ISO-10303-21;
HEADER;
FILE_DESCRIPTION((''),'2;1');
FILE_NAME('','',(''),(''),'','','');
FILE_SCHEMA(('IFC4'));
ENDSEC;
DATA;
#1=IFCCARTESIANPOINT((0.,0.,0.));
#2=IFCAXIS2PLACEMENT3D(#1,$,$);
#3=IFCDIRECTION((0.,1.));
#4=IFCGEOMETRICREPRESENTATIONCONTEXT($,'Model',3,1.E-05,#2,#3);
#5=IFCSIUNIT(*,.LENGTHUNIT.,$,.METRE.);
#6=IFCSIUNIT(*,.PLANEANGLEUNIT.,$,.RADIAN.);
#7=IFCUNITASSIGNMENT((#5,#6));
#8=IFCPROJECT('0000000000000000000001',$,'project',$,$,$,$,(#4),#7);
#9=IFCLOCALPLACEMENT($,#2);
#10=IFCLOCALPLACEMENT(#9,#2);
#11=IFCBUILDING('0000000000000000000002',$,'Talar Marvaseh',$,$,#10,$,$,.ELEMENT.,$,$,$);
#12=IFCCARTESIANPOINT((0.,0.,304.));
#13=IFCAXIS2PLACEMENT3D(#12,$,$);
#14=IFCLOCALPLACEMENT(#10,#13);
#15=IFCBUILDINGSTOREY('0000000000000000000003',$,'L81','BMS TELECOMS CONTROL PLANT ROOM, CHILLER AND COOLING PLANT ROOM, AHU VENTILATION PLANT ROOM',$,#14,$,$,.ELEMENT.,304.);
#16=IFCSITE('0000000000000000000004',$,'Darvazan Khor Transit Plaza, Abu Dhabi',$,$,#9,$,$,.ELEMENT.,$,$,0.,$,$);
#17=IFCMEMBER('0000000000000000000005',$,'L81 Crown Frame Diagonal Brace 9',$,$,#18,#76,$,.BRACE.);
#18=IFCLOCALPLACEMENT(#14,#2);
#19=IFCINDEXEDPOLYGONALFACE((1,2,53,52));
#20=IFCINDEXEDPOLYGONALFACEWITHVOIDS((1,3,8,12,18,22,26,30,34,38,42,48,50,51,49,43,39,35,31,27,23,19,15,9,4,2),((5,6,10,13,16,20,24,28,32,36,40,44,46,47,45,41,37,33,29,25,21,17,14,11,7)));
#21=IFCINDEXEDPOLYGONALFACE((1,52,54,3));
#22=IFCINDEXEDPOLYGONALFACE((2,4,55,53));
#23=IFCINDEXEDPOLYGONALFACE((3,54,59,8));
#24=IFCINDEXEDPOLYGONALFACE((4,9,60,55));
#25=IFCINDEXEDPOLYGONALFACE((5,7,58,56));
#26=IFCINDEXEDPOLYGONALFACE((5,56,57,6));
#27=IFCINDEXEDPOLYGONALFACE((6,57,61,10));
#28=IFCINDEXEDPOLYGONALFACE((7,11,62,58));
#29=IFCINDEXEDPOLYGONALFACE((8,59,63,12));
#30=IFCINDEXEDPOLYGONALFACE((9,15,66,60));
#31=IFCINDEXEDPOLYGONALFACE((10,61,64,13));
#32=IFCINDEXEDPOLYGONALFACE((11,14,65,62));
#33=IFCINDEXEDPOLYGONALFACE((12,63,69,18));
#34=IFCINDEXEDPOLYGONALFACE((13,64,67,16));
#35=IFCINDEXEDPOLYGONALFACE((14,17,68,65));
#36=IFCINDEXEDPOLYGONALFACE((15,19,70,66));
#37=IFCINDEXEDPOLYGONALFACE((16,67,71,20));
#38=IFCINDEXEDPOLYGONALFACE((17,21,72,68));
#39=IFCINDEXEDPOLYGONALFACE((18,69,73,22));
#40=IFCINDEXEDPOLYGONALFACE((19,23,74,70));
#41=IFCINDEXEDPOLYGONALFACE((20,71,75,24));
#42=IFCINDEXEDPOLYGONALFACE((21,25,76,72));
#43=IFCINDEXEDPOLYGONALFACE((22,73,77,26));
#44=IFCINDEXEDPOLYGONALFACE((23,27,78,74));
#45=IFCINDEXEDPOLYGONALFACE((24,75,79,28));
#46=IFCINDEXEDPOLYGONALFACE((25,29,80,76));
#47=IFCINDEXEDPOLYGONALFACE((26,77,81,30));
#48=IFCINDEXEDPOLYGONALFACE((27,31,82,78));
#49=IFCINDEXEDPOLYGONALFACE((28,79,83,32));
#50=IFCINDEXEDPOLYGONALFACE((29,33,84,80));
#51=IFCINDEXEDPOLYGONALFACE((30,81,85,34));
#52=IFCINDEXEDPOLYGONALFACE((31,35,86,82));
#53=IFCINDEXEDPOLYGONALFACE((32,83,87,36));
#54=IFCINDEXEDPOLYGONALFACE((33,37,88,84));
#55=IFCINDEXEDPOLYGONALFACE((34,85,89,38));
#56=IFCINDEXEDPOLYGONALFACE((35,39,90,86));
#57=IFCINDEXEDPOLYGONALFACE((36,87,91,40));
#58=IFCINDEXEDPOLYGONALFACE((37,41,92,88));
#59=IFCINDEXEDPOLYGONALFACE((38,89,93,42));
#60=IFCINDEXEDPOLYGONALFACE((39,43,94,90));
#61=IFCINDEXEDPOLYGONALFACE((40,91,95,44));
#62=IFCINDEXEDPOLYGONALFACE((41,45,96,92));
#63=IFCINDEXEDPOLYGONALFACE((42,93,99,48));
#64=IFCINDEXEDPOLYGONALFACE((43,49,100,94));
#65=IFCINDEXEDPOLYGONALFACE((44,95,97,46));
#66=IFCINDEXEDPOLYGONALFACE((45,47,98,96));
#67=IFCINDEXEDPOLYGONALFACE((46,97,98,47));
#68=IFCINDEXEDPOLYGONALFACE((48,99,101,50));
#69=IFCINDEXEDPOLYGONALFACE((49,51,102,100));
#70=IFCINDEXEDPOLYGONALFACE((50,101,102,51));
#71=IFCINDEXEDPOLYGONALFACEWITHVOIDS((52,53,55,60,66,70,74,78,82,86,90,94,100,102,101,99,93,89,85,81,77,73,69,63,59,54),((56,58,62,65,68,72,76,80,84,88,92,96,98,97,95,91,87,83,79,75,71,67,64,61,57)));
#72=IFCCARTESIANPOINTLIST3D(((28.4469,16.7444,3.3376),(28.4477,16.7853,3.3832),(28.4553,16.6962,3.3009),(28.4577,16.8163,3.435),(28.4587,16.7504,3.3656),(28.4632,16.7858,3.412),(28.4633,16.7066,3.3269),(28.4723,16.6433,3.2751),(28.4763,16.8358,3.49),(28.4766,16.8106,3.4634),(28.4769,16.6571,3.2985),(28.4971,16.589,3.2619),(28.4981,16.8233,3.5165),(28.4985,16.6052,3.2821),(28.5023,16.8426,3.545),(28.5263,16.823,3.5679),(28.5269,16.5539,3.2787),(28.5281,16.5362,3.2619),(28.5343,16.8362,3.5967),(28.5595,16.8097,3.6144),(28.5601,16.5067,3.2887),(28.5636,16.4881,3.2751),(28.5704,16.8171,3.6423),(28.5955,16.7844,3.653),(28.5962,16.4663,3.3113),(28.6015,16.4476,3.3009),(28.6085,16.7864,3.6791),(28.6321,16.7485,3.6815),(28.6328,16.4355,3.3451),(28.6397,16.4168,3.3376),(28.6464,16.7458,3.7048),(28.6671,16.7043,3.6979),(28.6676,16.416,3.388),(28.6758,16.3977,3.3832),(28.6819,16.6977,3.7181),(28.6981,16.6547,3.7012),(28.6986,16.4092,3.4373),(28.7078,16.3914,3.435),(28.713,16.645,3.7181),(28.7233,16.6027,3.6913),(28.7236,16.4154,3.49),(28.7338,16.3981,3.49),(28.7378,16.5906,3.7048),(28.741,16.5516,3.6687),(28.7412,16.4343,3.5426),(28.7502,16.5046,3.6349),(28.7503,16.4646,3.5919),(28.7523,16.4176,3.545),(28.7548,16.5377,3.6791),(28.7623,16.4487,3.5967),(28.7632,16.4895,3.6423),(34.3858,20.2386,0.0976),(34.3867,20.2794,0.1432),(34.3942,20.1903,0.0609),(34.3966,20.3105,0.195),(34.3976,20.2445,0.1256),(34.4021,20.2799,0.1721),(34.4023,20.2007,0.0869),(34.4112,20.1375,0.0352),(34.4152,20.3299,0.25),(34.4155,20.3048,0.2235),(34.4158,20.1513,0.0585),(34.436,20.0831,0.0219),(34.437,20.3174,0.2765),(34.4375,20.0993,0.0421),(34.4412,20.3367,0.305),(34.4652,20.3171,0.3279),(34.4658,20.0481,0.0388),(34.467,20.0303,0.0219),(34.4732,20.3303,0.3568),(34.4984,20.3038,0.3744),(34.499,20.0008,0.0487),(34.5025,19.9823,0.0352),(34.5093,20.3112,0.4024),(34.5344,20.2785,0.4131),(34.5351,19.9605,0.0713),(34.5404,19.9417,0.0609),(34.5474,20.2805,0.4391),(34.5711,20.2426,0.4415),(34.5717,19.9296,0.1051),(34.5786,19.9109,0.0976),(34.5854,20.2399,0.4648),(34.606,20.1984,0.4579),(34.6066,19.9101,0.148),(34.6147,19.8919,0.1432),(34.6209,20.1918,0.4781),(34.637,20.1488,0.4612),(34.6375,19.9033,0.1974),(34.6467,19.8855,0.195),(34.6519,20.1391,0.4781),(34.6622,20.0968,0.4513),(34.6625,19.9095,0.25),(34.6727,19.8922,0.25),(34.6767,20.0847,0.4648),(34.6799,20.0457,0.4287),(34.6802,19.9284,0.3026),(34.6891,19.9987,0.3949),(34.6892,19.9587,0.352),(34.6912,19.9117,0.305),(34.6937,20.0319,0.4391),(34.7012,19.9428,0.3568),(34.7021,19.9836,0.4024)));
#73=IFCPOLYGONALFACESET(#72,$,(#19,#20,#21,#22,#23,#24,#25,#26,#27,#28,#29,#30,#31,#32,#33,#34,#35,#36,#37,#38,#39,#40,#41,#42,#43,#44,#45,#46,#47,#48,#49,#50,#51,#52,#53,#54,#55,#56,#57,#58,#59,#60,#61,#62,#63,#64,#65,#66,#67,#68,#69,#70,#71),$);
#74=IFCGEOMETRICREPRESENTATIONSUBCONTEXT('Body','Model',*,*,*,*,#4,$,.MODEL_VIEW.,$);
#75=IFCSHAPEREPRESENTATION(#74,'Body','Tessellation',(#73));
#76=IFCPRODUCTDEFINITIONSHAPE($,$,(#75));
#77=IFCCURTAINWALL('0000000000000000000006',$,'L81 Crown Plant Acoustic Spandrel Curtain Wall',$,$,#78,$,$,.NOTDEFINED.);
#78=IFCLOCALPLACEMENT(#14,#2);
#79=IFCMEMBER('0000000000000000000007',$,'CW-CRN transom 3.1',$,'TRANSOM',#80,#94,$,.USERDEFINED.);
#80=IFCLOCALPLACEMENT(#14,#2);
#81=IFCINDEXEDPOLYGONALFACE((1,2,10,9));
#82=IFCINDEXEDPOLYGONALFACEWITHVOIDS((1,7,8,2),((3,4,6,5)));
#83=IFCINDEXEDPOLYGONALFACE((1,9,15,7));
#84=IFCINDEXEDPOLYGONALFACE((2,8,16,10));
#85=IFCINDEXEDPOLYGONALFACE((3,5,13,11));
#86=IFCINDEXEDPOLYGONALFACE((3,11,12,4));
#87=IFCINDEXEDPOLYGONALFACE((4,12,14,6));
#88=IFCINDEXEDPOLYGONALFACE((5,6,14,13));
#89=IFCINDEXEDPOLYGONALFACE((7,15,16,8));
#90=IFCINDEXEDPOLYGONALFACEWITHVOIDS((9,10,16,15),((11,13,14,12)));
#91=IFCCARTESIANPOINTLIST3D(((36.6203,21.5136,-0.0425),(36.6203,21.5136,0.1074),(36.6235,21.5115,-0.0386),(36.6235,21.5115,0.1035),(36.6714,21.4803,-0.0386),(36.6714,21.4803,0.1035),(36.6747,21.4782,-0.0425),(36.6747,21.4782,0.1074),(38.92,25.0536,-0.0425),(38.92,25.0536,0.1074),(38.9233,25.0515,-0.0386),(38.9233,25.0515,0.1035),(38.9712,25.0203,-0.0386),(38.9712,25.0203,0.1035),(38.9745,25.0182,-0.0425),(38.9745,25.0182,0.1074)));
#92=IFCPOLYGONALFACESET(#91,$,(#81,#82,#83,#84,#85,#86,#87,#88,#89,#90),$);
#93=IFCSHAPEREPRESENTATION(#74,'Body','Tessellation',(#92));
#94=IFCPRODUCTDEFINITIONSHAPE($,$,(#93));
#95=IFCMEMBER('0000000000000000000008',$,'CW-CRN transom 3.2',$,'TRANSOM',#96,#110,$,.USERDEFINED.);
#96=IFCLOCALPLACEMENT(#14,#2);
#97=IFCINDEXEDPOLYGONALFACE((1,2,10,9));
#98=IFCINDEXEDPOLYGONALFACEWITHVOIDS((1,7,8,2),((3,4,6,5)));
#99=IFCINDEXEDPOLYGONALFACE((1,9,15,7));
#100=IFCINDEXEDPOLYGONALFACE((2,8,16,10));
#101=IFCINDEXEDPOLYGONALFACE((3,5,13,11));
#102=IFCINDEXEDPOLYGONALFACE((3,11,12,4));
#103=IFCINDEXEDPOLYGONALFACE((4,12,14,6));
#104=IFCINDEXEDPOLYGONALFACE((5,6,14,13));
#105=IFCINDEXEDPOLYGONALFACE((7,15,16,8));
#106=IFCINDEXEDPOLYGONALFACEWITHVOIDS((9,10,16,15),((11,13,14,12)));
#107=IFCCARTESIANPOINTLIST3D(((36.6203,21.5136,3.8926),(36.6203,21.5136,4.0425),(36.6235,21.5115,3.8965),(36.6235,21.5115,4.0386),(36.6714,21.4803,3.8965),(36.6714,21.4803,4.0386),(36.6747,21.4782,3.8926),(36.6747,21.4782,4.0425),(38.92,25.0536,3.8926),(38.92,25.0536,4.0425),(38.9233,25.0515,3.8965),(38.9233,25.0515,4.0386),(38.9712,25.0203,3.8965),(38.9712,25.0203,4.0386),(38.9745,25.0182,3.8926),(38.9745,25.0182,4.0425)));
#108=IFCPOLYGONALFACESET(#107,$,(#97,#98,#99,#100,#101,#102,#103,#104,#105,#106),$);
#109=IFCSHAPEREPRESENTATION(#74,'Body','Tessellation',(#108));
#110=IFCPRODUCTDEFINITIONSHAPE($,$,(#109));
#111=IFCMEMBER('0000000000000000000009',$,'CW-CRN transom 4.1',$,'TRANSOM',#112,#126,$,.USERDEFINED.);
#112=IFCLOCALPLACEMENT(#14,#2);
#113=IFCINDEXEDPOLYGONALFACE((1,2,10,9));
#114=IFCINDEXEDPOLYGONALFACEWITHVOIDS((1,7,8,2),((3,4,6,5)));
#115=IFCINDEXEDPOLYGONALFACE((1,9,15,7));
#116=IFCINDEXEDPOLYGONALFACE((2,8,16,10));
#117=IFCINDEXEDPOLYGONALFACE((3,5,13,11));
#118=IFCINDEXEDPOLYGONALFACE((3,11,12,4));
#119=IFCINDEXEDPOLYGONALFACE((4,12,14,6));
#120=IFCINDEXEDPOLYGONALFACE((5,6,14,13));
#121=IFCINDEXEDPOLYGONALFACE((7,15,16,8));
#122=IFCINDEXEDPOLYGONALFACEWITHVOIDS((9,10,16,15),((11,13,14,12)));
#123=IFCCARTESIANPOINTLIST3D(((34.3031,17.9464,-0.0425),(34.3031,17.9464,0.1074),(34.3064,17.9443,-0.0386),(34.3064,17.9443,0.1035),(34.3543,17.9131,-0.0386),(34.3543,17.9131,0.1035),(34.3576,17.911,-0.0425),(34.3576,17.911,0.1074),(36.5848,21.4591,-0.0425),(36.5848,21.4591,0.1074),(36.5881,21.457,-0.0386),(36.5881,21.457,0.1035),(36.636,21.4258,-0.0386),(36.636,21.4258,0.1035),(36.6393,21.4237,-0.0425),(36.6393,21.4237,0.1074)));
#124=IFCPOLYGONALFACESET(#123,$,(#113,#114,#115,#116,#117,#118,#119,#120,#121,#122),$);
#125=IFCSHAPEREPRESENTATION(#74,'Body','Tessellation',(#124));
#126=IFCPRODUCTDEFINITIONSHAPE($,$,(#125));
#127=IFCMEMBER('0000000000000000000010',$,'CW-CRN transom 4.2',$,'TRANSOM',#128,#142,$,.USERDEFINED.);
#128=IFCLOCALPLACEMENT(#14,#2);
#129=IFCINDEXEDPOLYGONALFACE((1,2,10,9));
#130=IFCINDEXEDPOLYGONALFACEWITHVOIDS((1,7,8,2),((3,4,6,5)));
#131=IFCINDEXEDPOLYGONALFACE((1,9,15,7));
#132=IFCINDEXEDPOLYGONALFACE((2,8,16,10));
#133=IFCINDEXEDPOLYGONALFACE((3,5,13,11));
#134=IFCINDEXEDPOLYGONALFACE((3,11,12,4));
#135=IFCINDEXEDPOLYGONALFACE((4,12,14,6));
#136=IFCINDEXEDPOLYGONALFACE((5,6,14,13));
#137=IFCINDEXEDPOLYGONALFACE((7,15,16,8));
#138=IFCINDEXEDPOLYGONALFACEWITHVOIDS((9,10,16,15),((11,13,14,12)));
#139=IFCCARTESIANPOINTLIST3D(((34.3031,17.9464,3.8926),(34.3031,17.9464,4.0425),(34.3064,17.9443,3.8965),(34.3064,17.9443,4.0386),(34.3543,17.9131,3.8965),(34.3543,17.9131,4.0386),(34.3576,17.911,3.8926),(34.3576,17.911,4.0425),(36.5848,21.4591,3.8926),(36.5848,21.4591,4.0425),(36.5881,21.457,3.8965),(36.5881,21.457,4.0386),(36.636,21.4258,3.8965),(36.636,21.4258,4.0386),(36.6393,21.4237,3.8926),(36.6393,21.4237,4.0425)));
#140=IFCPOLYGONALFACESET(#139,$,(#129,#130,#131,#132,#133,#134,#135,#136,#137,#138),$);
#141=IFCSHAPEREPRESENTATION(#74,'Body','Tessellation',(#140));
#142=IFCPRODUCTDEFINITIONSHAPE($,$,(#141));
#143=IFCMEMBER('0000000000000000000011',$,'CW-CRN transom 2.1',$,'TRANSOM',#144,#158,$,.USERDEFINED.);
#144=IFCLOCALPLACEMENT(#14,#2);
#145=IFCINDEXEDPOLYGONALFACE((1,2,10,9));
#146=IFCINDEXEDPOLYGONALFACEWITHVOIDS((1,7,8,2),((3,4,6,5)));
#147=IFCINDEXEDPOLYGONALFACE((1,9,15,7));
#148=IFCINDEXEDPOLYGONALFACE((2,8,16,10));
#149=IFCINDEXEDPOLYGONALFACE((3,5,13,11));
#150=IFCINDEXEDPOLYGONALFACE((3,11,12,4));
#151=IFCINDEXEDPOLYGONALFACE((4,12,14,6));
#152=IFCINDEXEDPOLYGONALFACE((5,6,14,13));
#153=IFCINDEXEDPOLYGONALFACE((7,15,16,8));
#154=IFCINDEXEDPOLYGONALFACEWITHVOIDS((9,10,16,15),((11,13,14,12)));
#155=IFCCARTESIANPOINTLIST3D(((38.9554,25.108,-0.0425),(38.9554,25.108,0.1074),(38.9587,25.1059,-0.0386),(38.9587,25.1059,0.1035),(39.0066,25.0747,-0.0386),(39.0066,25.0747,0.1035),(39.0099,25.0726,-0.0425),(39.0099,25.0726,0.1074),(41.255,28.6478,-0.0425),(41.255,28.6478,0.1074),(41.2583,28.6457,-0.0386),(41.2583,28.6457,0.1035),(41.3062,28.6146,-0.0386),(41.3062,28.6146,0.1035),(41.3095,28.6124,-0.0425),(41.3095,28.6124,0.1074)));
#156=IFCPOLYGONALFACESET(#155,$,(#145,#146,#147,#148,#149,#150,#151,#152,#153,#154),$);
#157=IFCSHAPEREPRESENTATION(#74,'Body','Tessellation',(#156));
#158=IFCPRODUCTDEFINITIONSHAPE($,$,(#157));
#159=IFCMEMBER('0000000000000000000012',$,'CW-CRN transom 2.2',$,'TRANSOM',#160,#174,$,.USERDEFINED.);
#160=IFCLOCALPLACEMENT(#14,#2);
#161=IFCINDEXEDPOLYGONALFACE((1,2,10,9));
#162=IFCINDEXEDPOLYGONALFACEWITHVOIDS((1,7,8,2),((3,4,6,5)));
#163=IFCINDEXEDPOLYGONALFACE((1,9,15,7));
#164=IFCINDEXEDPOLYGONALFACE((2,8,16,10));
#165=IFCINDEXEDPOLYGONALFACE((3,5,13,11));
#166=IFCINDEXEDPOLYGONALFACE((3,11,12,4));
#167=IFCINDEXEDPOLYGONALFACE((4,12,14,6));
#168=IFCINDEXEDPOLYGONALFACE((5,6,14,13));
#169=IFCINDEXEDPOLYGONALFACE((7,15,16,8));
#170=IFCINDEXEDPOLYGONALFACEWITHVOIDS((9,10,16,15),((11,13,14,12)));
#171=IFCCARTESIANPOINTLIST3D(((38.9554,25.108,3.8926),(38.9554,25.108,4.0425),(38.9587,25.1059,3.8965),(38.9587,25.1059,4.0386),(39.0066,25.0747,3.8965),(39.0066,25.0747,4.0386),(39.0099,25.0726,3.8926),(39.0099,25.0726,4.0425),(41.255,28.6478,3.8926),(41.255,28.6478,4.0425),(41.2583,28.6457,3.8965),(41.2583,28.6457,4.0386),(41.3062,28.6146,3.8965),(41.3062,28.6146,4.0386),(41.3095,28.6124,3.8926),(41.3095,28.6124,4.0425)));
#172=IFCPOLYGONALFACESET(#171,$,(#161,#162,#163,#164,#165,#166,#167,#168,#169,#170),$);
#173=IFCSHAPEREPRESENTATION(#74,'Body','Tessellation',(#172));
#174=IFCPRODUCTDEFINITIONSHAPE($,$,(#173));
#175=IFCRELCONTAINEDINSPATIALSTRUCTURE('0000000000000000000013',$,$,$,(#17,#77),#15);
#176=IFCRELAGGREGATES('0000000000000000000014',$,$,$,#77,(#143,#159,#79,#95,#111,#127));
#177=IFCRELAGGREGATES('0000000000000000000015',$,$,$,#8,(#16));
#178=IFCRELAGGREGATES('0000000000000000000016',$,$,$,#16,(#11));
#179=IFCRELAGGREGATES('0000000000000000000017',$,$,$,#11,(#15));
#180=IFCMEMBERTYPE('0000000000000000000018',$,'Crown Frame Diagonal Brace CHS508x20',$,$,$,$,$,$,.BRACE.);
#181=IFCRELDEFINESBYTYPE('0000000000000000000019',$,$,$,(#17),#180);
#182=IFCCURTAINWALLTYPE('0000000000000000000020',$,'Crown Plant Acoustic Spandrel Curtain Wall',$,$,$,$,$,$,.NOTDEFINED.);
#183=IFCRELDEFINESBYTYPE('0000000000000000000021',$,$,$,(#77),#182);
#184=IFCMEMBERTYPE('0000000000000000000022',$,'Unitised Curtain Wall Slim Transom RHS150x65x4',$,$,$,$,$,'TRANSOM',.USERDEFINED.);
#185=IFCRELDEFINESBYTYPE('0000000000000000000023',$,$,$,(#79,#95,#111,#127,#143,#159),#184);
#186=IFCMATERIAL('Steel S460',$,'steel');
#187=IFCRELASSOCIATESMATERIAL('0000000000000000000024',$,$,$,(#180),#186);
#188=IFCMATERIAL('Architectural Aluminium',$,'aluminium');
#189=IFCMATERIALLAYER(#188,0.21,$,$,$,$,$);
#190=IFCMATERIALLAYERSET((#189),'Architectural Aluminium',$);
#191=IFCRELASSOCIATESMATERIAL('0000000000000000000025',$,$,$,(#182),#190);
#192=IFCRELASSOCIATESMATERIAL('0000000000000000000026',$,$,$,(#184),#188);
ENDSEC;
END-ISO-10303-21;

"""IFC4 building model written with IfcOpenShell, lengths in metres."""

from ifc_helpers import new_model, si_unit, direction, frame, origin, origin_2d, place, context, subcontext, project, spatial, hollow_rectangle, hollow_circle, extrude, source, transform, mapped, material, layer, layer_set, material_profile, profile_set, type_object, type_shapes, element, aggregate, save


model = new_model("IFC4")

# Units and contexts
model_context = context("Model", 3, precision=1e-05, world=origin(), true_north=direction((0.0, 1.0)))
body_context = subcontext(model_context, "Body", "Model", "MODEL_VIEW")
ifc_project = project(units=[si_unit("LENGTHUNIT", "METRE"), si_unit("PLANEANGLEUNIT", "RADIAN")], contexts=[model_context])

# Site, building, storey
site_placement = place(None, origin())
site = spatial("IfcSite", under=ifc_project, at=site_placement, Name="Darvazan Khor Transit Plaza, Abu Dhabi", CompositionType="ELEMENT", RefElevation=0.0)
building_placement = place(site_placement, origin())
building = spatial("IfcBuilding", under=site, at=building_placement, Name="Talar Marvaseh", CompositionType="ELEMENT")
storey_placement = place(building_placement, frame((0.0, 0.0, 304.0)))
storey = spatial("IfcBuildingStorey", under=building, at=storey_placement, Name="L81", Description="BMS TELECOMS CONTROL PLANT ROOM, CHILLER AND COOLING PLANT ROOM, AHU VENTILATION PLANT ROOM", CompositionType="ELEMENT", Elevation=304.0)

# Shared definitions
ifc_material_1 = material(Name="Steel S460", Category="steel")

# Member
ifc_material_profile_1 = material_profile(ifc_material_1, hollow_circle(Radius=0.2539, WallThickness=0.02, at=origin_2d()), Name="CHS508x20")
ifc_profile_set_1 = profile_set([ifc_material_profile_1], Name="Steel S460")
member_type_1 = type_object("IfcMemberType", Name="Crown Frame Diagonal Brace CHS508x20", PredefinedType="BRACE", material=ifc_profile_set_1)
shared_shape_1 = source(origin(), body_context, "Body", "SweptSolid", [
    extrude(hollow_circle(Radius=0.2539, WallThickness=0.02, at=origin_2d()), origin(), (0.0, 0.0, 1.0), 7.6143),
])
type_shapes(member_type_1, [shared_shape_1])
member_1_placement = place(storey_placement, frame((34.5439, 20.1111, 0.25), z_axis=(-0.779973, -0.458891, 0.425513), x_axis=(0.507088, -0.861894, 0.0)))
element("IfcMember", 1, at=member_1_placement, inside=storey, type_object=member_type_1, Name="L81 Crown Frame Diagonal Brace 9", PredefinedType="BRACE", context=body_context, shape_type="MappedRepresentation", body=[
    mapped(shared_shape_1, transform((0.0, 0.0, 0.0), x_axis=(1.0, 0.0, 0.0), y_axis=(0.0, 1.0, 0.0), z_axis=(0.0, 0.0, 1.0), scale=1.0)),
])

# Curtain wall, members
ifc_material_2 = material(Name="Architectural Aluminium", Category="aluminium")
ifc_layer_1 = layer(ifc_material_2, 0.21)
ifc_layer_set_1 = layer_set([ifc_layer_1], Name="Architectural Aluminium")
curtain_wall_type = type_object("IfcCurtainWallType", Name="Crown Plant Acoustic Spandrel Curtain Wall", PredefinedType="NOTDEFINED", material=ifc_layer_set_1)
curtain_wall_placement = place(storey_placement, origin())
curtain_wall = element("IfcCurtainWall", 2, at=curtain_wall_placement, inside=storey, type_object=curtain_wall_type, Name="L81 Crown Plant Acoustic Spandrel Curtain Wall", PredefinedType="NOTDEFINED")
ifc_material_profile_2 = material_profile(ifc_material_2, hollow_rectangle(XDim=0.0649, YDim=0.1499, WallThickness=0.0039, at=origin_2d()), Name="RHS150x65x4")
ifc_profile_set_2 = profile_set([ifc_material_profile_2], Name="Architectural Aluminium")
member_type_2 = type_object("IfcMemberType", Name="Unitised Curtain Wall Slim Transom RHS150x65x4", ElementType="TRANSOM", PredefinedType="USERDEFINED", material=ifc_profile_set_2)
shared_shape_2 = source(origin(), body_context, "Body", "SweptSolid", [
    extrude(hollow_rectangle(XDim=0.0649, YDim=0.1499, WallThickness=0.0039, at=origin_2d()), origin(), (0.0, 0.0, 1.0), 4.2214),
])
member_2_placement = place(storey_placement, frame((38.9473, 25.0359, 0.0325), z_axis=(-0.544785, -0.838576, 0.0), x_axis=(0.838576, -0.544785, 0.0)))
member_2 = element("IfcMember", 3, at=member_2_placement, type_object=member_type_2, Name="CW-CRN transom 3.1", ObjectType="TRANSOM", PredefinedType="USERDEFINED", context=body_context, shape_type="MappedRepresentation", body=[
    mapped(shared_shape_2, transform((0.0, 0.0, 0.0), x_axis=(1.0, 0.0, 0.0), y_axis=(0.0, 1.0, 0.0), z_axis=(0.0, 0.0, 1.0), scale=1.0)),
])
member_3_placement = place(storey_placement, frame((38.9473, 25.0359, 3.9675), z_axis=(-0.544785, -0.838576, 0.0), x_axis=(0.838576, -0.544785, 0.0)))
member_3 = element("IfcMember", 4, at=member_3_placement, type_object=member_type_2, Name="CW-CRN transom 3.2", ObjectType="TRANSOM", PredefinedType="USERDEFINED", context=body_context, shape_type="MappedRepresentation", body=[
    mapped(shared_shape_2, transform((0.0, 0.0, 0.0), x_axis=(1.0, 0.0, 0.0), y_axis=(0.0, 1.0, 0.0), z_axis=(0.0, 0.0, 1.0), scale=1.0)),
])
shared_shape_3 = source(origin(), body_context, "Body", "SweptSolid", [
    extrude(hollow_rectangle(XDim=0.0649, YDim=0.1499, WallThickness=0.0039, at=origin_2d()), origin(), (0.0, 0.0, 1.0), 4.1887),
])
member_4_placement = place(storey_placement, frame((36.6121, 21.4414, 0.0325), z_axis=(-0.544734, -0.838609, 0.0), x_axis=(0.838609, -0.544734, 0.0)))
member_4 = element("IfcMember", 5, at=member_4_placement, type_object=member_type_2, Name="CW-CRN transom 4.1", ObjectType="TRANSOM", PredefinedType="USERDEFINED", context=body_context, shape_type="MappedRepresentation", body=[
    mapped(shared_shape_3, transform((0.0, 0.0, 0.0), x_axis=(1.0, 0.0, 0.0), y_axis=(0.0, 1.0, 0.0), z_axis=(0.0, 0.0, 1.0), scale=1.0)),
])
member_5_placement = place(storey_placement, frame((36.6121, 21.4414, 3.9675), z_axis=(-0.544734, -0.838609, 0.0), x_axis=(0.838609, -0.544734, 0.0)))
member_5 = element("IfcMember", 6, at=member_5_placement, type_object=member_type_2, Name="CW-CRN transom 4.2", ObjectType="TRANSOM", PredefinedType="USERDEFINED", context=body_context, shape_type="MappedRepresentation", body=[
    mapped(shared_shape_3, transform((0.0, 0.0, 0.0), x_axis=(1.0, 0.0, 0.0), y_axis=(0.0, 1.0, 0.0), z_axis=(0.0, 0.0, 1.0), scale=1.0)),
])
shared_shape_4 = source(origin(), body_context, "Body", "SweptSolid", [
    extrude(hollow_rectangle(XDim=0.0649, YDim=0.1499, WallThickness=0.0039, at=origin_2d()), origin(), (0.0, 0.0, 1.0), 4.2212),
])
type_shapes(member_type_2, [shared_shape_2, shared_shape_3, shared_shape_4])
member_6_placement = place(storey_placement, frame((41.2822, 28.6301, 0.0325), z_axis=(-0.544771, -0.838585, 0.0), x_axis=(0.838585, -0.544771, 0.0)))
member_6 = element("IfcMember", 7, at=member_6_placement, type_object=member_type_2, Name="CW-CRN transom 2.1", ObjectType="TRANSOM", PredefinedType="USERDEFINED", context=body_context, shape_type="MappedRepresentation", body=[
    mapped(shared_shape_4, transform((0.0, 0.0, 0.0), x_axis=(1.0, 0.0, 0.0), y_axis=(0.0, 1.0, 0.0), z_axis=(0.0, 0.0, 1.0), scale=1.0)),
])
member_7_placement = place(storey_placement, frame((41.2822, 28.6301, 3.9675), z_axis=(-0.544771, -0.838585, 0.0), x_axis=(0.838585, -0.544771, 0.0)))
member_7 = element("IfcMember", 8, at=member_7_placement, type_object=member_type_2, Name="CW-CRN transom 2.2", ObjectType="TRANSOM", PredefinedType="USERDEFINED", context=body_context, shape_type="MappedRepresentation", body=[
    mapped(shared_shape_4, transform((0.0, 0.0, 0.0), x_axis=(1.0, 0.0, 0.0), y_axis=(0.0, 1.0, 0.0), z_axis=(0.0, 0.0, 1.0), scale=1.0)),
])

aggregate(curtain_wall, [member_6, member_7, member_2, member_3, member_4, member_5])

save(model, "model.ifc")
